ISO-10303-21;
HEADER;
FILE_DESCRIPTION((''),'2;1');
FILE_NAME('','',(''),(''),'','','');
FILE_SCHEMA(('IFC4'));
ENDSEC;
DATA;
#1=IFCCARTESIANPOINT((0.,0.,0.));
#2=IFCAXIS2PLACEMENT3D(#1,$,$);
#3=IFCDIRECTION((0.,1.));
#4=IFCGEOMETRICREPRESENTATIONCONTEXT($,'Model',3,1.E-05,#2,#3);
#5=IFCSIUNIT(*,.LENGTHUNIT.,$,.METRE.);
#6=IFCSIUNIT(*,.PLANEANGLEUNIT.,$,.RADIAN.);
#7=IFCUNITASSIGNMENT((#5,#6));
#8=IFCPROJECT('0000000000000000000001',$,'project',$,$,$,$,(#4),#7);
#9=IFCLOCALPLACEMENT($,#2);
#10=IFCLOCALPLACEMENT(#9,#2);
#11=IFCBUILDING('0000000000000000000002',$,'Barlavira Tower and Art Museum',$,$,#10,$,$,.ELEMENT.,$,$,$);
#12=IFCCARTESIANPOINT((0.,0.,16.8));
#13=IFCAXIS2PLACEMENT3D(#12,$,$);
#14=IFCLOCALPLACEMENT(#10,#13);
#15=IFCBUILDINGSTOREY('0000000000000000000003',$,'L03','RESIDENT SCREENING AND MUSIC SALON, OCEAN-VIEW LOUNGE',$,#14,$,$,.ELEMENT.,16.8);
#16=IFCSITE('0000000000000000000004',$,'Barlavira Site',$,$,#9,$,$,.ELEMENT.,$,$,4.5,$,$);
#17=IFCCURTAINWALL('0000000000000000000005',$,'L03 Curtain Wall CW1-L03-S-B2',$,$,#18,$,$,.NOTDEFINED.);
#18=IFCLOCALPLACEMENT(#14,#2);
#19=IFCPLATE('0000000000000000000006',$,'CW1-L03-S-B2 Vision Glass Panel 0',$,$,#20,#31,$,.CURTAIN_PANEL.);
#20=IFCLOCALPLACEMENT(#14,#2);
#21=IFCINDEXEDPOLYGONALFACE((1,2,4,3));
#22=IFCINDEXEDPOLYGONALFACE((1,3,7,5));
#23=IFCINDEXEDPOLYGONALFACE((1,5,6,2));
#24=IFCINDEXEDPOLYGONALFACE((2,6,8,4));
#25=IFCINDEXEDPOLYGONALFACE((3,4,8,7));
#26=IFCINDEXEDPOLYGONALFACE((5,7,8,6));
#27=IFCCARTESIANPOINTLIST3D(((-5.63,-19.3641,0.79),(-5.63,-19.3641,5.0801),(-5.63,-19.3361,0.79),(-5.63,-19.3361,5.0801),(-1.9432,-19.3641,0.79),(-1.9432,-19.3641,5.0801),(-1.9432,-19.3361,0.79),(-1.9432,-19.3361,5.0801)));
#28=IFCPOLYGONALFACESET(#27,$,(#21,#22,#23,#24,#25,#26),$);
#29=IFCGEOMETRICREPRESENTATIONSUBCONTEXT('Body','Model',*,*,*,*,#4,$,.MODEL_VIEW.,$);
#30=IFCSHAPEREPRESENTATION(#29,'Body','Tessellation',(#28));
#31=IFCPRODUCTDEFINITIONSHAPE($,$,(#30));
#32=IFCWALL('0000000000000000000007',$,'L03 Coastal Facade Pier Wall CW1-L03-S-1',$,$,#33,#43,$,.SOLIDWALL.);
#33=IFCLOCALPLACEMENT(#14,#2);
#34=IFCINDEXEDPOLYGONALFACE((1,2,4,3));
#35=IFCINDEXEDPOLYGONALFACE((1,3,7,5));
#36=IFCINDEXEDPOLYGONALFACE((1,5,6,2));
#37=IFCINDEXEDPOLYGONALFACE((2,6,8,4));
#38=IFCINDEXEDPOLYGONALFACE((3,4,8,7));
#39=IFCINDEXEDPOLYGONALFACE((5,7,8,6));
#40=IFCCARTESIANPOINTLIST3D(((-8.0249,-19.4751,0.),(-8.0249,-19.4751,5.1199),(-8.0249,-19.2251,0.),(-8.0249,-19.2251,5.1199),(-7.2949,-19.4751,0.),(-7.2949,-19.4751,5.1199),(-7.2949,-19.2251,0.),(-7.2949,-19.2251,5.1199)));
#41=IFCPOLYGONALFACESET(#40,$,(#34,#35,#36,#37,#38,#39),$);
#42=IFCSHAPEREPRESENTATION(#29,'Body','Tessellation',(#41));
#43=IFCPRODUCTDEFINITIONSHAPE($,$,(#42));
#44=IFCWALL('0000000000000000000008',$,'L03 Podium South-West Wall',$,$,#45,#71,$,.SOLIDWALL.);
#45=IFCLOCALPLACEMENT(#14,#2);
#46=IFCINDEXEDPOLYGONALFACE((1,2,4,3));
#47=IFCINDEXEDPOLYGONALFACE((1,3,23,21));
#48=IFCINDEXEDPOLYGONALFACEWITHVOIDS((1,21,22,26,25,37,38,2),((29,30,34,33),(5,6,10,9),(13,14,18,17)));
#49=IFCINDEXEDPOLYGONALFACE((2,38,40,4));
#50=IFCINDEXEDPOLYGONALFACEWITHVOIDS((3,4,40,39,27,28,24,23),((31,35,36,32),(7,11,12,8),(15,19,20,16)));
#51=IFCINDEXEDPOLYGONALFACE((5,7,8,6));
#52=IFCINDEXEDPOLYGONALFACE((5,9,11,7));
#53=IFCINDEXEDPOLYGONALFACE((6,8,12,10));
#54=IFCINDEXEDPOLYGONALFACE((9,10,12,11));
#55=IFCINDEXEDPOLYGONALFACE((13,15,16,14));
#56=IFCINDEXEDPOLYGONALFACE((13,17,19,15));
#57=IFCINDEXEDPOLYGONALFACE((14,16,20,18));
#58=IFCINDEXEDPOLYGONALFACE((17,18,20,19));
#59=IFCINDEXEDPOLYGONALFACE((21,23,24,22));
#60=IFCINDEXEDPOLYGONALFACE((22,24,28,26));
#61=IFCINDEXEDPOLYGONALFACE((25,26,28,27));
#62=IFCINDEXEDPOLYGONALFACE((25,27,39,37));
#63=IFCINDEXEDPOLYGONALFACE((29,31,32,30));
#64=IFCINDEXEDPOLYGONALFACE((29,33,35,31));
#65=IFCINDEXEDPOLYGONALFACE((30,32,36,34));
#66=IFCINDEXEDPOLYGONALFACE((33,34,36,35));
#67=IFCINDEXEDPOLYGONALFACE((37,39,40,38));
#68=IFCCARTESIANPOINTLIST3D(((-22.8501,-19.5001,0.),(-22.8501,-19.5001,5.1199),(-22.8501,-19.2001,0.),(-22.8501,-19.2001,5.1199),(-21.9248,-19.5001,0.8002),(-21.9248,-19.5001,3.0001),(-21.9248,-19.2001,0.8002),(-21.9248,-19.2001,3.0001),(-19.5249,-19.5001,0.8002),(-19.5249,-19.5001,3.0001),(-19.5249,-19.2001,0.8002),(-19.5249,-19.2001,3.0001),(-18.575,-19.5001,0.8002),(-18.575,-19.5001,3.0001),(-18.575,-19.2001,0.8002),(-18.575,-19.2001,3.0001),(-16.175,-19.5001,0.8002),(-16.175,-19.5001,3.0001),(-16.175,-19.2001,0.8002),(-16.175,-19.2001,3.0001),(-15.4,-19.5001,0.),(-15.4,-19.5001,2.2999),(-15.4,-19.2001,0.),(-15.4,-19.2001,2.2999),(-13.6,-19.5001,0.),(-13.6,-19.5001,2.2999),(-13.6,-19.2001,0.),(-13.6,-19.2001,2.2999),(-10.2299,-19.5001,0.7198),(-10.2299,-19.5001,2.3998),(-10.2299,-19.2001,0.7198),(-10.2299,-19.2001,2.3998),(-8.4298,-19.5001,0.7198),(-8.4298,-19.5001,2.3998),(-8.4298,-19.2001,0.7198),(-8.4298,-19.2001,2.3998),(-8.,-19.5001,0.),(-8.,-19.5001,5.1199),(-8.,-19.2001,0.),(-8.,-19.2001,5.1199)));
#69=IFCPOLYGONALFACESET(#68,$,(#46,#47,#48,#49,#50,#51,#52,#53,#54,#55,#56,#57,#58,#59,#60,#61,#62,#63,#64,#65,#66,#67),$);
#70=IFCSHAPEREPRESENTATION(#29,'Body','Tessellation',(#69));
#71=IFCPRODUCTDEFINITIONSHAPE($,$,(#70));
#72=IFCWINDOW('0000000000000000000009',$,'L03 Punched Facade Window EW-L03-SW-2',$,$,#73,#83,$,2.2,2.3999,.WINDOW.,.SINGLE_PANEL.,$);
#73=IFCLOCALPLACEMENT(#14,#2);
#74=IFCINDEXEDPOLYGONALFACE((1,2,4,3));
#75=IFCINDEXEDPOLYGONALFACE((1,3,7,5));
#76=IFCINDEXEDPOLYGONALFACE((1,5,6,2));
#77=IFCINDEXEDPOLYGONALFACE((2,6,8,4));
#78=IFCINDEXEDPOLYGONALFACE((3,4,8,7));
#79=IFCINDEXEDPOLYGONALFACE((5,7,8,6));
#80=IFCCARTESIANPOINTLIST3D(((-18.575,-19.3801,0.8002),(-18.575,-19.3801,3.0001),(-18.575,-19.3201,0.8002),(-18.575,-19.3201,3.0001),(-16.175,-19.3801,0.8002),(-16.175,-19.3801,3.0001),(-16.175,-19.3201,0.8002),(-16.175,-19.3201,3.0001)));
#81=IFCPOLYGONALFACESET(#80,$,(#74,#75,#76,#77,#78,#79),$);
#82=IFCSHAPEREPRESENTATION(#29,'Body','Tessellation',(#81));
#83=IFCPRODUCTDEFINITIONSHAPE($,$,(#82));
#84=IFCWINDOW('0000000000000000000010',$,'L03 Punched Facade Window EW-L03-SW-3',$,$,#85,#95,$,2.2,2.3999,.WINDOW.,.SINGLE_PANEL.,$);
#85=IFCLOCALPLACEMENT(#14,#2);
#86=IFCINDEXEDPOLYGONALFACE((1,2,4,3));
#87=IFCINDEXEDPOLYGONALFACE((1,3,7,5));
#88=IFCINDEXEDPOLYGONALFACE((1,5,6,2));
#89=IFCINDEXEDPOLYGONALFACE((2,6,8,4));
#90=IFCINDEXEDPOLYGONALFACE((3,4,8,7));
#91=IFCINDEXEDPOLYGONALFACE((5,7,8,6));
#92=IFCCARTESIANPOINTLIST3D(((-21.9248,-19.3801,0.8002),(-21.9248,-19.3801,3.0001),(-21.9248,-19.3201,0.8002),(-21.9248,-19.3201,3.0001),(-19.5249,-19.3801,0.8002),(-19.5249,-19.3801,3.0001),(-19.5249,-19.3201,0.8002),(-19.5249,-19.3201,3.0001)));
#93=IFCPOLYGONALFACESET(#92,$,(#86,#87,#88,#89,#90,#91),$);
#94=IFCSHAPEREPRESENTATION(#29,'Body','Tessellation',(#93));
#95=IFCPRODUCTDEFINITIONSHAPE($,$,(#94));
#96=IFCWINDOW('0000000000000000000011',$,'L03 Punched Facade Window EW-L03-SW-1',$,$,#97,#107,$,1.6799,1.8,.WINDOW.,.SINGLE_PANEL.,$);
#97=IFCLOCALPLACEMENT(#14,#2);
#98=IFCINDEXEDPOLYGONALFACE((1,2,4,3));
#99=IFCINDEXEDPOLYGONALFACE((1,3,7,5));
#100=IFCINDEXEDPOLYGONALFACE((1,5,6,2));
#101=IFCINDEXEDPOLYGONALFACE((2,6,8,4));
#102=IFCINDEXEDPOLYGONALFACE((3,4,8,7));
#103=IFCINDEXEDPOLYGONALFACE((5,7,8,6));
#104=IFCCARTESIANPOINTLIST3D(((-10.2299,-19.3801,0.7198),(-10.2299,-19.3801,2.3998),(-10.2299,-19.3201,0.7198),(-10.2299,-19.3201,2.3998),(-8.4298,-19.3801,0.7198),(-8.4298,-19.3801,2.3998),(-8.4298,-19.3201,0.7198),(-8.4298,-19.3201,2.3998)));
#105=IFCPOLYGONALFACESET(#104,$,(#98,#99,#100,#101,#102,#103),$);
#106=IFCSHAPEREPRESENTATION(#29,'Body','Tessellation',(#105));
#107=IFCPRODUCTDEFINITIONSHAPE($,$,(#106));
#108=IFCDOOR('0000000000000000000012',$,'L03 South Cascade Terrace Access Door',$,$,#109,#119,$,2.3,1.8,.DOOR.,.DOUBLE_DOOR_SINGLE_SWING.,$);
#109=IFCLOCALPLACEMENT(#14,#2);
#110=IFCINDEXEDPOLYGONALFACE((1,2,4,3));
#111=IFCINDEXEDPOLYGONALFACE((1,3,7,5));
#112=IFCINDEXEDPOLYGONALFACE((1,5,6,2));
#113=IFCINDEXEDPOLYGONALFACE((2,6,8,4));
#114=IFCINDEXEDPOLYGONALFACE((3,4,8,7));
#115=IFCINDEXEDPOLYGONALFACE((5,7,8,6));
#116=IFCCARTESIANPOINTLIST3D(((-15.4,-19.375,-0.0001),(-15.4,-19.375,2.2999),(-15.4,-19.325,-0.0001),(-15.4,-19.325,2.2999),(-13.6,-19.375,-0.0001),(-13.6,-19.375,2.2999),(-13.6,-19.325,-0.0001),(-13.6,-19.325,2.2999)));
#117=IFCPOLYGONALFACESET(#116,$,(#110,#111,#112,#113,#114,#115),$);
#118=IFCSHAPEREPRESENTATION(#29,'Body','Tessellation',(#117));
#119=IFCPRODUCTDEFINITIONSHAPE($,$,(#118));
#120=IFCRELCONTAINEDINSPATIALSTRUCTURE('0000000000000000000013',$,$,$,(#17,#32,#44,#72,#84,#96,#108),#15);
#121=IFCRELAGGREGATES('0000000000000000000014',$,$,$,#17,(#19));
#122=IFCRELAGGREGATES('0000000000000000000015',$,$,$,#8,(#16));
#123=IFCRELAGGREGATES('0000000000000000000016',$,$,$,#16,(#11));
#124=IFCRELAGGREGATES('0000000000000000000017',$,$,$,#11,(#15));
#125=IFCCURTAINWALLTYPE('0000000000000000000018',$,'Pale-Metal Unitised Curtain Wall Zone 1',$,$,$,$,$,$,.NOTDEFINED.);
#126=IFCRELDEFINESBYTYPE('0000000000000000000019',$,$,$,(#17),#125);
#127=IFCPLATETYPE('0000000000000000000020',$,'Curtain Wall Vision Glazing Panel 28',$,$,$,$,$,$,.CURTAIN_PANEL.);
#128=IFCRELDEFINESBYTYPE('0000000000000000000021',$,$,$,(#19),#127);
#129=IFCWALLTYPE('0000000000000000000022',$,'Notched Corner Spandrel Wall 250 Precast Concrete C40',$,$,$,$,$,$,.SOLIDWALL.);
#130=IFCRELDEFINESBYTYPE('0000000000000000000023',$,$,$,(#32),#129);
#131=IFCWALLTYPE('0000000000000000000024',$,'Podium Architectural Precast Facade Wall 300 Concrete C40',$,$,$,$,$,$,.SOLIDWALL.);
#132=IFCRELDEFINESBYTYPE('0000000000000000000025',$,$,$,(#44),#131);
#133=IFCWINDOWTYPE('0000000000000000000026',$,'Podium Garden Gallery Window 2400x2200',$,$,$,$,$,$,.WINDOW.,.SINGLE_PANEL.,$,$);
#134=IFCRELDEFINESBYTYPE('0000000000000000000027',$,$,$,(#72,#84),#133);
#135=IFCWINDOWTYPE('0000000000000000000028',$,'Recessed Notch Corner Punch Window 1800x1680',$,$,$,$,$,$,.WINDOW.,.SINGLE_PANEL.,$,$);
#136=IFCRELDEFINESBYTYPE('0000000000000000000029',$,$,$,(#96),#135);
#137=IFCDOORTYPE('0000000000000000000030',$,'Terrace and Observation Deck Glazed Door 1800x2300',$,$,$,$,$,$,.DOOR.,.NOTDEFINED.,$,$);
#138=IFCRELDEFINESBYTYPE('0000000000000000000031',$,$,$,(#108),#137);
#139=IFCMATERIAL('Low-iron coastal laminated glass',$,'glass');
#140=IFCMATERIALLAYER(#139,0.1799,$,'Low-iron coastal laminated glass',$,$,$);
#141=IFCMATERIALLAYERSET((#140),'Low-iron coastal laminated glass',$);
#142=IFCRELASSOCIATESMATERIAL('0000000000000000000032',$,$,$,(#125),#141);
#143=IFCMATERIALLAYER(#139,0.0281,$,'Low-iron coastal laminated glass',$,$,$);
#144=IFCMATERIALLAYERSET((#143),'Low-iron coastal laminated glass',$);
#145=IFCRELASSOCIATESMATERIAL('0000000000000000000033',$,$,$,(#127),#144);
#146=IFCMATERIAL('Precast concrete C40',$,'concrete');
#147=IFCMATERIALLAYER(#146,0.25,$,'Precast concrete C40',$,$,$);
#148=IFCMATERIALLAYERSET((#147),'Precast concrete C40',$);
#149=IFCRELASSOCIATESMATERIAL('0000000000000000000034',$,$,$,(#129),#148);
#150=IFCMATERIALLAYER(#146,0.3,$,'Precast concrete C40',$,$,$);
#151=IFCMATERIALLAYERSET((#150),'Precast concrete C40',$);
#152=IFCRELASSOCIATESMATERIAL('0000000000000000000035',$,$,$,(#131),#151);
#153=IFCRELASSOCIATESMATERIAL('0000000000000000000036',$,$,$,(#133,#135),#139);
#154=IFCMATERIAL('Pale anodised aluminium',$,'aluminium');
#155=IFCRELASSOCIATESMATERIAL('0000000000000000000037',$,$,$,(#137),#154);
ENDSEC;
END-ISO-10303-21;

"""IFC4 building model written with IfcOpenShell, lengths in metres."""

from ifc_helpers import new_model, si_unit, direction, frame, frame_2d, origin, origin_2d, place, context, subcontext, project, spatial, rectangle, extrude, material, layer, layer_set, type_object, element, fill, aggregate, save


model = new_model("IFC4")

# Units and contexts
model_context = context("Model", 3, precision=1e-05, world=origin(), true_north=direction((0.0, 1.0)))
body_context = subcontext(model_context, "Body", "Model", "MODEL_VIEW")
ifc_project = project(units=[si_unit("LENGTHUNIT", "METRE"), si_unit("PLANEANGLEUNIT", "RADIAN")], contexts=[model_context])

# Site, building, storey
site_placement = place(None, origin())
site = spatial("IfcSite", under=ifc_project, at=site_placement, Name="Barlavira Site", CompositionType="ELEMENT", RefElevation=4.5)
building_placement = place(site_placement, origin())
building = spatial("IfcBuilding", under=site, at=building_placement, Name="Barlavira Tower and Art Museum", CompositionType="ELEMENT")
storey_placement = place(building_placement, frame((0.0, 0.0, 16.8)))
storey = spatial("IfcBuildingStorey", under=building, at=storey_placement, Name="L03", Description="RESIDENT SCREENING AND MUSIC SALON, OCEAN-VIEW LOUNGE", CompositionType="ELEMENT", Elevation=16.8)

# Curtain wall
ifc_material_1 = material(Name="Low-iron coastal laminated glass", Category="glass")
ifc_layer_1 = layer(ifc_material_1, 0.1799, Name="Low-iron coastal laminated glass")
ifc_layer_set_1 = layer_set([ifc_layer_1], Name="Low-iron coastal laminated glass")
curtain_wall_type = type_object("IfcCurtainWallType", Name="Pale-Metal Unitised Curtain Wall Zone 1", PredefinedType="NOTDEFINED", material=ifc_layer_set_1)
curtain_wall_placement = place(storey_placement, origin())
curtain_wall = element("IfcCurtainWall", 1, at=curtain_wall_placement, inside=storey, type_object=curtain_wall_type, Name="L03 Curtain Wall CW1-L03-S-B2", PredefinedType="NOTDEFINED")
ifc_material_2 = material(Name="Pale anodised aluminium", Category="aluminium")

# Plate
ifc_layer_2 = layer(ifc_material_1, 0.0281, Name="Low-iron coastal laminated glass")
ifc_layer_set_2 = layer_set([ifc_layer_2], Name="Low-iron coastal laminated glass")
plate_type_1 = type_object("IfcPlateType", Name="Curtain Wall Vision Glazing Panel 28", PredefinedType="CURTAIN_PANEL", material=ifc_layer_set_2)
plate_1_placement = place(storey_placement, frame((-3.7866, -19.3501, 0.79), z_axis=(0.0, 0.0, 1.0), x_axis=(1.0, 0.0, 0.0)))
plate_1 = element("IfcPlate", 2, at=plate_1_placement, type_object=plate_type_1, Name="CW1-L03-S-B2 Vision Glass Panel 0", PredefinedType="CURTAIN_PANEL", context=body_context, shape_type="SweptSolid", body=[
    extrude(rectangle(XDim=3.6868, YDim=0.0281, at=origin_2d()), origin(), (0.0, 0.0, 1.0), 4.29),
])
aggregate(curtain_wall, [plate_1])

# Wall
ifc_material_3 = material(Name="Precast concrete C40", Category="concrete")
ifc_layer_3 = layer(ifc_material_3, 0.25, Name="Precast concrete C40")
ifc_layer_set_3 = layer_set([ifc_layer_3], Name="Precast concrete C40")
wall_type_1 = type_object("IfcWallType", Name="Notched Corner Spandrel Wall 250 Precast Concrete C40", PredefinedType="SOLIDWALL", material=ifc_layer_set_3)
wall_1_placement = place(storey_placement, frame((-8.0249, -19.3501, 0.0), z_axis=(0.0, 0.0, 1.0), x_axis=(1.0, 0.0, 0.0)))
element("IfcWall", 3, at=wall_1_placement, inside=storey, type_object=wall_type_1, Name="L03 Coastal Facade Pier Wall CW1-L03-S-1", PredefinedType="SOLIDWALL", context=body_context, shape_type="SweptSolid", body=[
    extrude(rectangle(XDim=0.73, YDim=0.25, at=frame_2d((0.365, 0.0))), origin(), (0.0, 0.0, 1.0), 5.1199),
])

# Wall, openings, windows, door
ifc_layer_4 = layer(ifc_material_3, 0.3, Name="Precast concrete C40")
ifc_layer_set_4 = layer_set([ifc_layer_4], Name="Precast concrete C40")
wall_type_2 = type_object("IfcWallType", Name="Podium Architectural Precast Facade Wall 300 Concrete C40", PredefinedType="SOLIDWALL", material=ifc_layer_set_4)
wall_2_placement = place(storey_placement, frame((-8.0, -19.3501, 0.0), z_axis=(0.0, 0.0, 1.0), x_axis=(-1.0, 0.0, 0.0)))
wall_2 = element("IfcWall", 4, at=wall_2_placement, inside=storey, type_object=wall_type_2, Name="L03 Podium South-West Wall", PredefinedType="SOLIDWALL", context=body_context, shape_type="SweptSolid", body=[
    extrude(rectangle(XDim=14.8501, YDim=0.3, at=frame_2d((7.425, 0.0))), origin(), (0.0, 0.0, 1.0), 5.1199),
])
opening_1_placement = place(wall_2_placement, frame((5.6001, 0.0, 0.0)))
opening_1 = element("IfcOpeningElement", 5, at=opening_1_placement, cuts=wall_2, PredefinedType="OPENING", context=body_context, shape_type="SweptSolid", body=[
    extrude(rectangle(XDim=1.8, YDim=2.3, at=frame_2d((0.8999, 1.1499))), frame((0.0, 0.1602, 0.0), z_axis=(0.0, -1.0, 0.0), x_axis=(1.0, 0.0, 0.0)), (0.0, 0.0, 1.0), 0.3201),
])
opening_2_placement = place(wall_2_placement, frame((0.4299, 0.0, 0.72)))
opening_2 = element("IfcOpeningElement", 6, at=opening_2_placement, cuts=wall_2, PredefinedType="OPENING", context=body_context, shape_type="SweptSolid", body=[
    extrude(rectangle(XDim=1.8, YDim=1.6799, at=frame_2d((0.8999, 0.8398))), frame((0.0, 0.1602, 0.0), z_axis=(0.0, -1.0, 0.0), x_axis=(1.0, 0.0, 0.0)), (0.0, 0.0, 1.0), 0.3201),
])
opening_3_placement = place(wall_2_placement, frame((8.175, 0.0, 0.8)))
opening_3 = element("IfcOpeningElement", 7, at=opening_3_placement, cuts=wall_2, PredefinedType="OPENING", context=body_context, shape_type="SweptSolid", body=[
    extrude(rectangle(XDim=2.3999, YDim=2.2, at=frame_2d((1.2, 1.1001))), frame((0.0, 0.1602, 0.0), z_axis=(0.0, -1.0, 0.0), x_axis=(1.0, 0.0, 0.0)), (0.0, 0.0, 1.0), 0.3201),
])
opening_4_placement = place(wall_2_placement, frame((11.5249, 0.0, 0.8)))
opening_4 = element("IfcOpeningElement", 8, at=opening_4_placement, cuts=wall_2, PredefinedType="OPENING", context=body_context, shape_type="SweptSolid", body=[
    extrude(rectangle(XDim=2.3999, YDim=2.2, at=frame_2d((1.2, 1.1001))), frame((0.0, 0.1602, 0.0), z_axis=(0.0, -1.0, 0.0), x_axis=(1.0, 0.0, 0.0)), (0.0, 0.0, 1.0), 0.3201),
])
window_type_1 = type_object("IfcWindowType", Name="Podium Garden Gallery Window 2400x2200", PartitioningType="SINGLE_PANEL", PredefinedType="WINDOW", material=ifc_material_1)
window_1_placement = place(opening_3_placement, origin())
window_1 = element("IfcWindow", 9, at=window_1_placement, inside=storey, type_object=window_type_1, Name="L03 Punched Facade Window EW-L03-SW-2", OverallHeight=2.2, OverallWidth=2.3999, PartitioningType="SINGLE_PANEL", PredefinedType="WINDOW", context=body_context, shape_type="SweptSolid", body=[
    extrude(rectangle(XDim=2.3999, YDim=2.2, at=frame_2d((1.2, 1.1001))), frame((0.0, 0.03, 0.0), z_axis=(0.0, -1.0, 0.0), x_axis=(1.0, 0.0, 0.0)), (0.0, 0.0, 1.0), 0.0601),
])
fill(opening_3, window_1)
window_2_placement = place(opening_4_placement, origin())
window_2 = element("IfcWindow", 10, at=window_2_placement, inside=storey, type_object=window_type_1, Name="L03 Punched Facade Window EW-L03-SW-3", OverallHeight=2.2, OverallWidth=2.3999, PartitioningType="SINGLE_PANEL", PredefinedType="WINDOW", context=body_context, shape_type="SweptSolid", body=[
    extrude(rectangle(XDim=2.3999, YDim=2.2, at=frame_2d((1.2, 1.1001))), frame((0.0, 0.03, 0.0), z_axis=(0.0, -1.0, 0.0), x_axis=(1.0, 0.0, 0.0)), (0.0, 0.0, 1.0), 0.0601),
])
fill(opening_4, window_2)
window_type_2 = type_object("IfcWindowType", Name="Recessed Notch Corner Punch Window 1800x1680", PartitioningType="SINGLE_PANEL", PredefinedType="WINDOW", material=ifc_material_1)
window_3_placement = place(opening_2_placement, origin())
window_3 = element("IfcWindow", 11, at=window_3_placement, inside=storey, type_object=window_type_2, Name="L03 Punched Facade Window EW-L03-SW-1", OverallHeight=1.6799, OverallWidth=1.8, PartitioningType="SINGLE_PANEL", PredefinedType="WINDOW", context=body_context, shape_type="SweptSolid", body=[
    extrude(rectangle(XDim=1.8, YDim=1.6799, at=frame_2d((0.8999, 0.8398))), frame((0.0, 0.03, 0.0), z_axis=(0.0, -1.0, 0.0), x_axis=(1.0, 0.0, 0.0)), (0.0, 0.0, 1.0), 0.0601),
])
fill(opening_2, window_3)
door_type = type_object("IfcDoorType", Name="Terrace and Observation Deck Glazed Door 1800x2300", OperationType="NOTDEFINED", PredefinedType="DOOR", material=ifc_material_2)
door_placement = place(opening_1_placement, origin())
door = element("IfcDoor", 12, at=door_placement, inside=storey, type_object=door_type, Name="L03 South Cascade Terrace Access Door", OperationType="DOUBLE_DOOR_SINGLE_SWING", OverallHeight=2.3, OverallWidth=1.8, PredefinedType="DOOR", context=body_context, shape_type="SweptSolid", body=[
    extrude(rectangle(XDim=1.8, YDim=2.3, at=frame_2d((0.8999, 1.1499))), frame((0.0, 0.0249, 0.0), z_axis=(0.0, -1.0, 0.0), x_axis=(1.0, 0.0, 0.0)), (0.0, 0.0, 1.0), 0.05),
])
fill(opening_1, door)

save(model, "model.ifc")
